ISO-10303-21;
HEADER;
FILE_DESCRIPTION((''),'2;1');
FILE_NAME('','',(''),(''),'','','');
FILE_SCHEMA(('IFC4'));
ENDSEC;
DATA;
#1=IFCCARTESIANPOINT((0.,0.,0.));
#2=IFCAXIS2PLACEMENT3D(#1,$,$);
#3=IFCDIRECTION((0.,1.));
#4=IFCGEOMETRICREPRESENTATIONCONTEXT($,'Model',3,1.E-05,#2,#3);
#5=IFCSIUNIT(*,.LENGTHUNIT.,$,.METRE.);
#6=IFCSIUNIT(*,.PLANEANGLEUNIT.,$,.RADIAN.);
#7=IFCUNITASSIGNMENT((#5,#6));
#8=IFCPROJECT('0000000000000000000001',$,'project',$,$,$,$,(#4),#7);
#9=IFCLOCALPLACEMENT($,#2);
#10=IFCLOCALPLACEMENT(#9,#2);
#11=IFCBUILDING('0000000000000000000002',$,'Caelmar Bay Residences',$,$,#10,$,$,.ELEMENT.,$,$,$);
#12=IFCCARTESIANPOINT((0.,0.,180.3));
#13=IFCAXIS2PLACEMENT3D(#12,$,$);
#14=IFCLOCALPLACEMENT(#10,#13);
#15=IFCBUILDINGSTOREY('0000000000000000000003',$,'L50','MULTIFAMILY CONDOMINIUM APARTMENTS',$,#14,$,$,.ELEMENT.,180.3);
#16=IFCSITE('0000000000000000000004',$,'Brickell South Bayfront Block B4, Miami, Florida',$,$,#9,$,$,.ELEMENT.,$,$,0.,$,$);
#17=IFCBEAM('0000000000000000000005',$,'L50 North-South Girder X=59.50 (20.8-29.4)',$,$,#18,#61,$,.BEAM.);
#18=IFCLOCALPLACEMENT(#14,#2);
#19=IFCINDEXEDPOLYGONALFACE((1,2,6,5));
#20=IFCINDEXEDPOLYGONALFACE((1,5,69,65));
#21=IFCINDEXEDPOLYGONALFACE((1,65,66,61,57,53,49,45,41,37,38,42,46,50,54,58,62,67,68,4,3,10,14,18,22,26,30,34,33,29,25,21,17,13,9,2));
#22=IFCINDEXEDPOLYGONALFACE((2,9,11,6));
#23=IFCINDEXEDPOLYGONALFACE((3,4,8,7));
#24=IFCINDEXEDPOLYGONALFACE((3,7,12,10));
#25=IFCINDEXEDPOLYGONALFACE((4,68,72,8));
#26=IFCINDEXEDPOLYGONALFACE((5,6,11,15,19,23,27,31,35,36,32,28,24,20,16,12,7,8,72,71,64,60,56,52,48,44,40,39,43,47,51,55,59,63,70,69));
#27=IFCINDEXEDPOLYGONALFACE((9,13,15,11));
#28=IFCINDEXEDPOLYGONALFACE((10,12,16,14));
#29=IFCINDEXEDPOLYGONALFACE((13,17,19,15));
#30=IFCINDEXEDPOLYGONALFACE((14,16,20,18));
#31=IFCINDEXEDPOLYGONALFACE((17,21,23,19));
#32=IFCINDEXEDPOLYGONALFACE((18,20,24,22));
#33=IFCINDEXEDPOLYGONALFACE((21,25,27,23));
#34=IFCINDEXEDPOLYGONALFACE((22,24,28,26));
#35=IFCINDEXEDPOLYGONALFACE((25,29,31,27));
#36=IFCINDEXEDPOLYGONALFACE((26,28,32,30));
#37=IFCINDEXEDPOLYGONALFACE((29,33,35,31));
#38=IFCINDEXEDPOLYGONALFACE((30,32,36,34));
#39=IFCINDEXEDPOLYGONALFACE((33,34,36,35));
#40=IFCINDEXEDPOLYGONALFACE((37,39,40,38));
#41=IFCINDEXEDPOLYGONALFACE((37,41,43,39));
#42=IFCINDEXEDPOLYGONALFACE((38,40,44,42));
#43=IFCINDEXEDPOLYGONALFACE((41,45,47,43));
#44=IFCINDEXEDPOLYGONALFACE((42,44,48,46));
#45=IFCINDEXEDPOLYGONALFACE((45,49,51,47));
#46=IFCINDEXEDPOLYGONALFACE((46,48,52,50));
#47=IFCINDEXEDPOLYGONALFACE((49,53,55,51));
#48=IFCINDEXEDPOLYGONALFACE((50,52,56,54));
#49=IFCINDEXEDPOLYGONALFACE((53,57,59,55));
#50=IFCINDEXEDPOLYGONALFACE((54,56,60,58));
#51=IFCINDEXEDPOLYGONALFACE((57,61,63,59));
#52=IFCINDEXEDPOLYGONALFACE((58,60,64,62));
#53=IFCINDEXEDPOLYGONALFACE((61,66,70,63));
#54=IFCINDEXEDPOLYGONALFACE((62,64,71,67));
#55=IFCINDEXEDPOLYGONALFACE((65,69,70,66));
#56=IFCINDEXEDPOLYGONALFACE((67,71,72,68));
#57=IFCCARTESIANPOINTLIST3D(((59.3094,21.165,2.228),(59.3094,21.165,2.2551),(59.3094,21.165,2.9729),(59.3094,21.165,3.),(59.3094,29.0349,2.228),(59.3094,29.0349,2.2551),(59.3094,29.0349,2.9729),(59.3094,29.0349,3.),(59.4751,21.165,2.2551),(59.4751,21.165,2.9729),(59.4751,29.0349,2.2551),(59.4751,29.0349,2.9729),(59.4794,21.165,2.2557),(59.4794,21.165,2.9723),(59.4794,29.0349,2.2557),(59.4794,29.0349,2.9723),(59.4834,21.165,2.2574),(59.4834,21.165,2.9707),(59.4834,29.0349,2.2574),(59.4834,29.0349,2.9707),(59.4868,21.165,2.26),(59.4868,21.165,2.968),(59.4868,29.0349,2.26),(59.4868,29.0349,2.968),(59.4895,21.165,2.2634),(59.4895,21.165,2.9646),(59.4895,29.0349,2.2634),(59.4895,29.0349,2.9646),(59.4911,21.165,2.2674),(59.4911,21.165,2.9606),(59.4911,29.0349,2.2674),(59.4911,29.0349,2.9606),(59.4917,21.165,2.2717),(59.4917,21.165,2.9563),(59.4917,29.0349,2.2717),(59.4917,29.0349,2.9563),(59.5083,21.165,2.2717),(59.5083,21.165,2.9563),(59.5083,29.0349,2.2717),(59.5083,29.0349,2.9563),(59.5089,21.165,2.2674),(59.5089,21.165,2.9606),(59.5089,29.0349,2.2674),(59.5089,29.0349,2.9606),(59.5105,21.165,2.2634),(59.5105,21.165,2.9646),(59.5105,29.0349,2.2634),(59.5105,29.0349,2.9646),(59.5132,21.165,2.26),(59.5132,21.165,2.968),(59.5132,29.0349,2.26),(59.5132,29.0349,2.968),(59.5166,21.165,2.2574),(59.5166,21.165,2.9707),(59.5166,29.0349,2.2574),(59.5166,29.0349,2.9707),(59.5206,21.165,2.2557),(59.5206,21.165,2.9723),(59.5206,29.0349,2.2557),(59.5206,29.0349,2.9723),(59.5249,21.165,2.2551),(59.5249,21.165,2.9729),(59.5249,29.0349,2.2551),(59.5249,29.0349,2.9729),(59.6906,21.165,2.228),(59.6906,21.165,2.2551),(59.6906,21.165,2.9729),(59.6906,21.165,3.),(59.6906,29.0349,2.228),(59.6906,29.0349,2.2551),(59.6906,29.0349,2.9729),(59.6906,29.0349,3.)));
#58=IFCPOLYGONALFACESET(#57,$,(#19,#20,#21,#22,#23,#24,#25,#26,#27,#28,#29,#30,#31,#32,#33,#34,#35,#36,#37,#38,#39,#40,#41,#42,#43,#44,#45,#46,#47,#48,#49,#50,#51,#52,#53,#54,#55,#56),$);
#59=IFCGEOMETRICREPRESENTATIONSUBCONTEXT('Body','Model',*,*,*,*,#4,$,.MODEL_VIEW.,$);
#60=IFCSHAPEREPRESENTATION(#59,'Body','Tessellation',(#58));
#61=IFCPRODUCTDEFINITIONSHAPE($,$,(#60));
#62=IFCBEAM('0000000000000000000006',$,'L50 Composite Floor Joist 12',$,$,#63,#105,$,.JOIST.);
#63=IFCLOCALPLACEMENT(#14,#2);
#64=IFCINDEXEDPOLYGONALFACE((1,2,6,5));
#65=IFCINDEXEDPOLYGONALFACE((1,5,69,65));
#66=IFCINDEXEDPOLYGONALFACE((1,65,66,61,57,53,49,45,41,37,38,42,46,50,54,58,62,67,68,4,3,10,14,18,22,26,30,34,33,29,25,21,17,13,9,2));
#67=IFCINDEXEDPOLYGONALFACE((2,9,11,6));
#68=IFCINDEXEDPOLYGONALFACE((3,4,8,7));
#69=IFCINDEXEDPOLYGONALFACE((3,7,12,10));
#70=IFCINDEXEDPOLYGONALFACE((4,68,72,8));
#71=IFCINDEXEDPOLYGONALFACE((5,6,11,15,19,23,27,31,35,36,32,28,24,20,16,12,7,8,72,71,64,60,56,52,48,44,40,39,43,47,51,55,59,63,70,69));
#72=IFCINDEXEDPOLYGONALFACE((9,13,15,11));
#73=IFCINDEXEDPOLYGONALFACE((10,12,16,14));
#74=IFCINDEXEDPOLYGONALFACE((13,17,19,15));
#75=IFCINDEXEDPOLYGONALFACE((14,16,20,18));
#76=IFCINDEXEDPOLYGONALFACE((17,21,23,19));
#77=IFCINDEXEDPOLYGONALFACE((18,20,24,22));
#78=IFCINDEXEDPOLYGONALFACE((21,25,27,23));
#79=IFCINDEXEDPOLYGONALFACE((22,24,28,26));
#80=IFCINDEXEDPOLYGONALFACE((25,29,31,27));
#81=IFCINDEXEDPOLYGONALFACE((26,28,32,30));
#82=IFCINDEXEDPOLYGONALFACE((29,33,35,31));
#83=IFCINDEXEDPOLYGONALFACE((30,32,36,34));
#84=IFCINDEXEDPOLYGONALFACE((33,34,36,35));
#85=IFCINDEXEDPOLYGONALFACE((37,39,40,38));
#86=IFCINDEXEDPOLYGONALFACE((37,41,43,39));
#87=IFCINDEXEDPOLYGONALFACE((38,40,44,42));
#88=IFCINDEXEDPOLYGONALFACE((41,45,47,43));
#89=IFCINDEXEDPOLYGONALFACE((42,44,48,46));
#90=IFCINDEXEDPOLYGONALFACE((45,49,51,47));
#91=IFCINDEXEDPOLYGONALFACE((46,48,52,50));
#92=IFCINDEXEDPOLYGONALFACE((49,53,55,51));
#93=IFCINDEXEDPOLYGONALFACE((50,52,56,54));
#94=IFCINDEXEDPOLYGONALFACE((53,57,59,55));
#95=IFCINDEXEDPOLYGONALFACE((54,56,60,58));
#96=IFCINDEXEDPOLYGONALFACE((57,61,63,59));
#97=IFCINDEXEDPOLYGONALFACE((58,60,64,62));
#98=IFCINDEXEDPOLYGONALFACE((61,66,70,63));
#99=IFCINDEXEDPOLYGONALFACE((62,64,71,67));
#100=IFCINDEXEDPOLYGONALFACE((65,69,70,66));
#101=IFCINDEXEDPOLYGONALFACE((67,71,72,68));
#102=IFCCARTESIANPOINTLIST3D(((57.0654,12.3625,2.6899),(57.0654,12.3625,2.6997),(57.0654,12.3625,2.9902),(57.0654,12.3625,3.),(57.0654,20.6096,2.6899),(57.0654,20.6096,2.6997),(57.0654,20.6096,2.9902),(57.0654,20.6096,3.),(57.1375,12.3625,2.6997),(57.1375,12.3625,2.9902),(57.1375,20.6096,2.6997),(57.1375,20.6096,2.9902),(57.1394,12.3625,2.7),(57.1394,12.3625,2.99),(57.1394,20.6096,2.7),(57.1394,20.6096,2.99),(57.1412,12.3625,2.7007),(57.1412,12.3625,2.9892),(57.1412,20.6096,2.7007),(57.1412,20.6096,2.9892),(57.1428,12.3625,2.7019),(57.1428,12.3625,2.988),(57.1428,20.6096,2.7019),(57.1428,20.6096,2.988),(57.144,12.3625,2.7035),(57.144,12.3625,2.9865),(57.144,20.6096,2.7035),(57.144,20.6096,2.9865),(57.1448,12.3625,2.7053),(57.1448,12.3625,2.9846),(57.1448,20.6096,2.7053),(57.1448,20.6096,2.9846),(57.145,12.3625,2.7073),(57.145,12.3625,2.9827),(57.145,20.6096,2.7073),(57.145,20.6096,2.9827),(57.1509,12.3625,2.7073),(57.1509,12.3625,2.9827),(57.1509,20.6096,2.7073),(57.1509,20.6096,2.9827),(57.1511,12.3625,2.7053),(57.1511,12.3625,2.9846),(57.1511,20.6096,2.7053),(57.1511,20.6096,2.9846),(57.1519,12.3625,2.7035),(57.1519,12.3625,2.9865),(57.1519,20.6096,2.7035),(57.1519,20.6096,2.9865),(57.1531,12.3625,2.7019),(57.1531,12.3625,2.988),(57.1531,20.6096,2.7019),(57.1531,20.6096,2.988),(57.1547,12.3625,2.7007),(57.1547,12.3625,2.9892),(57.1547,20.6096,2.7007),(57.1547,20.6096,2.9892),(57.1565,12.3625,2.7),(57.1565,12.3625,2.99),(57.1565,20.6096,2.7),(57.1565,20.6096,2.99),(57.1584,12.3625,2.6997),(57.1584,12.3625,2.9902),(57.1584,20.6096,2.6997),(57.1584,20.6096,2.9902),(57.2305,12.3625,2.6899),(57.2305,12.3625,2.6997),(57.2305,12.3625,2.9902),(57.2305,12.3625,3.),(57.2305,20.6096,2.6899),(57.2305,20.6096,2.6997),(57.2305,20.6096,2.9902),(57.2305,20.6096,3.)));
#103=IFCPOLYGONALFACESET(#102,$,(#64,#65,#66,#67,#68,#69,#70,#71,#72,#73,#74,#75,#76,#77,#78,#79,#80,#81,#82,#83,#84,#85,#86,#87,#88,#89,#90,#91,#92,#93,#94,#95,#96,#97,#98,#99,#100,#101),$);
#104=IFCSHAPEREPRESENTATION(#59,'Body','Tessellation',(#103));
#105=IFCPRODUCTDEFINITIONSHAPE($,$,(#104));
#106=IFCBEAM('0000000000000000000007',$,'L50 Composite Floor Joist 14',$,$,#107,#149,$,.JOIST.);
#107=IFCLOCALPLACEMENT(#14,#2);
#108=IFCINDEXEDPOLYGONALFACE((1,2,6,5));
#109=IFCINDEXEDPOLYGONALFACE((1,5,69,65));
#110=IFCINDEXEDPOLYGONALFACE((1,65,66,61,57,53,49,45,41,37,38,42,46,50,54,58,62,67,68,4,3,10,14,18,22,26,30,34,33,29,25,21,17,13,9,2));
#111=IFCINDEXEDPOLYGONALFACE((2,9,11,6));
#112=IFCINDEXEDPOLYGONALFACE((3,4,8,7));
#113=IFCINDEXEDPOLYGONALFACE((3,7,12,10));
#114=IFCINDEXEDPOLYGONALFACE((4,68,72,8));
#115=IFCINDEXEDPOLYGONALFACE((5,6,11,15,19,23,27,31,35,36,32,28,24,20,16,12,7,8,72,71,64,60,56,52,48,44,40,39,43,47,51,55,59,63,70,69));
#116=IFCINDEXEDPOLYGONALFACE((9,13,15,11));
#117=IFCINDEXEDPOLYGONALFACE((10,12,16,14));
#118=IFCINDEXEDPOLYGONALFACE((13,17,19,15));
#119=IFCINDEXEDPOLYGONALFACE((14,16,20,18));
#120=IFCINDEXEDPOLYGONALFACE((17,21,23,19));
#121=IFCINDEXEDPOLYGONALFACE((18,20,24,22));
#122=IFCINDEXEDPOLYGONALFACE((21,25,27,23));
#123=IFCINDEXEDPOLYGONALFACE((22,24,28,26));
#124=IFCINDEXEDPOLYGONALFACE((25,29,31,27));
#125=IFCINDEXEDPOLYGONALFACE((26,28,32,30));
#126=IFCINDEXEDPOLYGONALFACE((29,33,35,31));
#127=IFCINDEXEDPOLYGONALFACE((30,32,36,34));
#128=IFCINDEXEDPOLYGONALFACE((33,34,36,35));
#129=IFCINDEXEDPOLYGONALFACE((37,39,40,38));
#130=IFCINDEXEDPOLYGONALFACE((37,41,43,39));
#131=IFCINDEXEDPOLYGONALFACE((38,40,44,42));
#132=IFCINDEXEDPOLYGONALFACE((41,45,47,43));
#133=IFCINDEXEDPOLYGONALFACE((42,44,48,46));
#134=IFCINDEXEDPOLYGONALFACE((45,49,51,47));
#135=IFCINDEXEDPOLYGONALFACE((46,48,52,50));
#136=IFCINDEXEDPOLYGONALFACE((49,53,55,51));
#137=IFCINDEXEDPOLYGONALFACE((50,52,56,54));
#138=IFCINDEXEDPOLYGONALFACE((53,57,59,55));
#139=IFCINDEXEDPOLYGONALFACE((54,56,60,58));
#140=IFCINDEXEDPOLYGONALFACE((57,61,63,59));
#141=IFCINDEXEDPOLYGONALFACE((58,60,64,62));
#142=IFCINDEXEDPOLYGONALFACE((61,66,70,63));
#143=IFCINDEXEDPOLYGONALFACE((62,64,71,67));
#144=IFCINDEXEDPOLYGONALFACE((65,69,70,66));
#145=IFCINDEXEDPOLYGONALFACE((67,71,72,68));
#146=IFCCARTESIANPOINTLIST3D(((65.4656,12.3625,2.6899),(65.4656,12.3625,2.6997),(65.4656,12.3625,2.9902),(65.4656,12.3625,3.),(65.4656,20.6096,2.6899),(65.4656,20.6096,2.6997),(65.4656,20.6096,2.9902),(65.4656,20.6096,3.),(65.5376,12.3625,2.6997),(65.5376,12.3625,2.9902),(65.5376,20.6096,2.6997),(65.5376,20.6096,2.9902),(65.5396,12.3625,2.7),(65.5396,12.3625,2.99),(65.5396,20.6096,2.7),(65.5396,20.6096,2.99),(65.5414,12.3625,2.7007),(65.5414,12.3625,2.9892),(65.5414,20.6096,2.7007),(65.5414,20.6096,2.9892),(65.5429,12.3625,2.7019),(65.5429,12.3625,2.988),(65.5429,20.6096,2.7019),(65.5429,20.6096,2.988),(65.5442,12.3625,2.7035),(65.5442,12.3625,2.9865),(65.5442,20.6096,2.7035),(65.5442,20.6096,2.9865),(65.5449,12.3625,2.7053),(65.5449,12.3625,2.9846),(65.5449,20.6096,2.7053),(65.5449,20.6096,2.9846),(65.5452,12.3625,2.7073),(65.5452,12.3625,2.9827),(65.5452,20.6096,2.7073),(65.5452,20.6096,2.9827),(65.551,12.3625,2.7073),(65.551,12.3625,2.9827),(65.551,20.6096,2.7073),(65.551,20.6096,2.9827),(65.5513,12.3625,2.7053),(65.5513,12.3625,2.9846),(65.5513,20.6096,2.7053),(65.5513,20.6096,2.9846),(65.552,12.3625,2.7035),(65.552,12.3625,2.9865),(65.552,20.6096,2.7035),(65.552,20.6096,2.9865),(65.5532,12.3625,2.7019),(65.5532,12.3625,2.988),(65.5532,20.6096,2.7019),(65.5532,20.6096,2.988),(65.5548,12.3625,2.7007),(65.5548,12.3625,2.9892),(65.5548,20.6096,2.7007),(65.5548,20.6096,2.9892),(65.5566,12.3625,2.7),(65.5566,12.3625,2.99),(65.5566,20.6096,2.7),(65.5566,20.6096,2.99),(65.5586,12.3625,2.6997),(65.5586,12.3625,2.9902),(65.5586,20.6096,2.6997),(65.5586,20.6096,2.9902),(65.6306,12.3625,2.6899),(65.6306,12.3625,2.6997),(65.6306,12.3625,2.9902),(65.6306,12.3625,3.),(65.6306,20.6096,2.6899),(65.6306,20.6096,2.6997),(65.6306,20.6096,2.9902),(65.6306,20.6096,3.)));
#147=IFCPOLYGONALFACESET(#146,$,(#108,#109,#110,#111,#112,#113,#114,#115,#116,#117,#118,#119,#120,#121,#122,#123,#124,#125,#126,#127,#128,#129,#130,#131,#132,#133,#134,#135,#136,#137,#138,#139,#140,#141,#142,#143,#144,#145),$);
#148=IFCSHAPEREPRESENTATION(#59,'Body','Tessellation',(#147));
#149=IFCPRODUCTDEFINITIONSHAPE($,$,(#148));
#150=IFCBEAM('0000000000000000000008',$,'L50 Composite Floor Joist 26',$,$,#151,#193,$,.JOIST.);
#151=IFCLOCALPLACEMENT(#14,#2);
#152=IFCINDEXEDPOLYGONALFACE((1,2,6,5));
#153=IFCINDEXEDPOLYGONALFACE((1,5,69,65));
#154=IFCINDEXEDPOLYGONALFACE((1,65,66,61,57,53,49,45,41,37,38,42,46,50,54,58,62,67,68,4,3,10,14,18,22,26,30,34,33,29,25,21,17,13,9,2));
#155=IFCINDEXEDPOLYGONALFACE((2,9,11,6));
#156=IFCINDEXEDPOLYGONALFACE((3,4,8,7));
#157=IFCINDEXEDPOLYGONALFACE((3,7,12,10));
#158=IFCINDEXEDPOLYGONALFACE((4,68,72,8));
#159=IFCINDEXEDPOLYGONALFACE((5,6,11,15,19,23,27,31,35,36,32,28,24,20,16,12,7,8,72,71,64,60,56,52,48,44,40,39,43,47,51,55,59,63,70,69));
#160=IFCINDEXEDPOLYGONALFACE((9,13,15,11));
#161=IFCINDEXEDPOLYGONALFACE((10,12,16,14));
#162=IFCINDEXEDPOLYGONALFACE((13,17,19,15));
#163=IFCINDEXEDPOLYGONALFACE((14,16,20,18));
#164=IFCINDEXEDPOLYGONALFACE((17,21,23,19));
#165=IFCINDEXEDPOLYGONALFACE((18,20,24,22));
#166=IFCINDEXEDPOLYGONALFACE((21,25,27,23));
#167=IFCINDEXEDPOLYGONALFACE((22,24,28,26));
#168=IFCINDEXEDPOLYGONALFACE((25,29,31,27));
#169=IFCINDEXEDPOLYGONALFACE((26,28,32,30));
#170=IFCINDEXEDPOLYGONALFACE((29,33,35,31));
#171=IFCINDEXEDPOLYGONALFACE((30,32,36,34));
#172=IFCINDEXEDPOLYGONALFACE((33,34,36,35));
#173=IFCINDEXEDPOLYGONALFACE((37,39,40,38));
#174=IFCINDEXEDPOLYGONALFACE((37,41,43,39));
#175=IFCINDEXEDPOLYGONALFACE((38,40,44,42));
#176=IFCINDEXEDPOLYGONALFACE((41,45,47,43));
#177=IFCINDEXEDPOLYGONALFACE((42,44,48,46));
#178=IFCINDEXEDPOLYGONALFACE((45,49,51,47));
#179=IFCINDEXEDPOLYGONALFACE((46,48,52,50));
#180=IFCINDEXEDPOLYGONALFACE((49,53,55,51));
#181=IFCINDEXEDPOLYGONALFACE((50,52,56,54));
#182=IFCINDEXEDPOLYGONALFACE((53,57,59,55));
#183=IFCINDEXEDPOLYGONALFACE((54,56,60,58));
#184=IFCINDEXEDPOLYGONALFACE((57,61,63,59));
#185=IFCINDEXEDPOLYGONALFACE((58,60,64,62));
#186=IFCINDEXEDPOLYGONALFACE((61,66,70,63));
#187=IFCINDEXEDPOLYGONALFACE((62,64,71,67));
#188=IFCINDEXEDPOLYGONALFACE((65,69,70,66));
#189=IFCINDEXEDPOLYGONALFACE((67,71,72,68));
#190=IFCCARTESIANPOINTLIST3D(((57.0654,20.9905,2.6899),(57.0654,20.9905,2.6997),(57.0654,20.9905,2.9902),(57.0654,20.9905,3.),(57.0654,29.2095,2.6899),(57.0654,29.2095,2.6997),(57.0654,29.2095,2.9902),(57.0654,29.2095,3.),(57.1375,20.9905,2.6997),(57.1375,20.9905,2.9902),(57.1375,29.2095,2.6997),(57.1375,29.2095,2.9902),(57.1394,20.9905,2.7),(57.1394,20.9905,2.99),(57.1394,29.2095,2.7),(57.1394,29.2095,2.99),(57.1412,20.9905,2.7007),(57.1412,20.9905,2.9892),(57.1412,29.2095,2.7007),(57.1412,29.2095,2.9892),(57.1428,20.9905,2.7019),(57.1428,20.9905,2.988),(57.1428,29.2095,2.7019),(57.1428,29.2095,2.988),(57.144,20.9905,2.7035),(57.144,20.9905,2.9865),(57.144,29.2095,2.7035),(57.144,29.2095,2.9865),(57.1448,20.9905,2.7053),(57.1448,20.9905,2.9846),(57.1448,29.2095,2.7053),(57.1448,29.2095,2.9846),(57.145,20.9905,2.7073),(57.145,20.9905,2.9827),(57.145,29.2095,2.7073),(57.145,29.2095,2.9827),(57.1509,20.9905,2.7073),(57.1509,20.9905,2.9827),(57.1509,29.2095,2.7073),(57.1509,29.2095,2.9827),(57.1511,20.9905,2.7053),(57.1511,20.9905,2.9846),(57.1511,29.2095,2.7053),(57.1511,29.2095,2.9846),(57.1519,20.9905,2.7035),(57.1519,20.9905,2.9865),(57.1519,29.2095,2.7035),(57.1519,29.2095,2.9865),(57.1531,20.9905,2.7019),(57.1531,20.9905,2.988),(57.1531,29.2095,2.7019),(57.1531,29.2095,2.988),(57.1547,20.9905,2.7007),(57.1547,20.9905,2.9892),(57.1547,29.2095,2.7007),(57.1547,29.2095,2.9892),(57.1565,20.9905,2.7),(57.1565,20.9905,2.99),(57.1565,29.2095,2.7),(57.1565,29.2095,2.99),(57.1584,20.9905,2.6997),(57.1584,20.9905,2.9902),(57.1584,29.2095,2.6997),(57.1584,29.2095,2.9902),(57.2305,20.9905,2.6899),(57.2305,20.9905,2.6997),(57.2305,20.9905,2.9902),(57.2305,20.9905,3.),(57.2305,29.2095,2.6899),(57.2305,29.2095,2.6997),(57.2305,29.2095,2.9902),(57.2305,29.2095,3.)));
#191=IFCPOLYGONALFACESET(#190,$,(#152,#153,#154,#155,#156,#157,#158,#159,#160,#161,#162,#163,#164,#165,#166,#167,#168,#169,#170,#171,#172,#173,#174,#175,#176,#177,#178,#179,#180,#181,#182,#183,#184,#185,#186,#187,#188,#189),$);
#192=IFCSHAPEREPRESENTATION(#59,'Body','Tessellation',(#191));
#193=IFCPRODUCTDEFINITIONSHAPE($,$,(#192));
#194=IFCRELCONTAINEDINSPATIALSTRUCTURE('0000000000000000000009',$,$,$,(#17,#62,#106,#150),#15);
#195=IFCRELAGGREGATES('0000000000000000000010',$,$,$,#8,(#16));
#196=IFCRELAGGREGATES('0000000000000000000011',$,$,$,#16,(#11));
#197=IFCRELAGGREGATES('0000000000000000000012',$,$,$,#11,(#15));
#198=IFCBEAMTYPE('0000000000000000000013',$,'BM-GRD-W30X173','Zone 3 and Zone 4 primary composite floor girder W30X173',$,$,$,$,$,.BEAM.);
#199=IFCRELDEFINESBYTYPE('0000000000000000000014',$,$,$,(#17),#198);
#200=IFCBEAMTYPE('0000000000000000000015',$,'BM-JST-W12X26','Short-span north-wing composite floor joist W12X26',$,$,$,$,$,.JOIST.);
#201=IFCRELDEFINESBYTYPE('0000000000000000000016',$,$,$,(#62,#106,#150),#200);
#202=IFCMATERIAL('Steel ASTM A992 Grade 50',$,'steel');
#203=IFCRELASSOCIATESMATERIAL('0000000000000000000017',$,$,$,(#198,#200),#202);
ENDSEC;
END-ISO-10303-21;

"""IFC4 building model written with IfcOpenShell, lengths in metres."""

from ifc_helpers import new_model, si_unit, direction, frame, origin, origin_2d, place, context, subcontext, project, spatial, i_section, extrude, material, material_profile, profile_set, type_object, element, save


model = new_model("IFC4")

# Units and contexts
model_context = context("Model", 3, precision=1e-05, world=origin(), true_north=direction((0.0, 1.0)))
body_context = subcontext(model_context, "Body", "Model", "MODEL_VIEW")
ifc_project = project(units=[si_unit("LENGTHUNIT", "METRE"), si_unit("PLANEANGLEUNIT", "RADIAN")], contexts=[model_context])

# Site, building, storey
site_placement = place(None, origin())
site = spatial("IfcSite", under=ifc_project, at=site_placement, Name="Brickell South Bayfront Block B4, Miami, Florida", CompositionType="ELEMENT", RefElevation=0.0)
building_placement = place(site_placement, origin())
building = spatial("IfcBuilding", under=site, at=building_placement, Name="Caelmar Bay Residences", CompositionType="ELEMENT")
storey_placement = place(building_placement, frame((0.0, 0.0, 180.3)))
storey = spatial("IfcBuildingStorey", under=building, at=storey_placement, Name="L50", Description="MULTIFAMILY CONDOMINIUM APARTMENTS", CompositionType="ELEMENT", Elevation=180.3)

# Beams
ifc_material_1 = material(Name="Steel ASTM A992 Grade 50", Category="steel")
ifc_material_profile_1 = material_profile(ifc_material_1, i_section(OverallWidth=0.3811, OverallDepth=0.772, WebThickness=0.0166, FlangeThickness=0.0271, FilletRadius=0.0166, at=origin_2d()), Name="W30X173")
ifc_profile_set_1 = profile_set([ifc_material_profile_1], Name="Steel ASTM A992 Grade 50")
beam_type_1 = type_object("IfcBeamType", Name="BM-GRD-W30X173", Description="Zone 3 and Zone 4 primary composite floor girder W30X173", PredefinedType="BEAM", material=ifc_profile_set_1)
beam_1_placement = place(storey_placement, frame((59.5, 21.165, 2.614), z_axis=(0.0, 1.0, 0.0), x_axis=(-1.0, 0.0, 0.0)))
element("IfcBeam", 1, at=beam_1_placement, inside=storey, type_object=beam_type_1, Name="L50 North-South Girder X=59.50 (20.8-29.4)", PredefinedType="BEAM", context=body_context, shape_type="SweptSolid", body=[
    extrude(i_section(OverallWidth=0.3811, OverallDepth=0.772, WebThickness=0.0166, FlangeThickness=0.0271, FilletRadius=0.0166, at=origin_2d()), origin(), (0.0, 0.0, 1.0), 7.8699),
])
ifc_material_profile_2 = material_profile(ifc_material_1, i_section(OverallWidth=0.165, OverallDepth=0.3101, WebThickness=0.0059, FlangeThickness=0.0098, FilletRadius=0.0076, at=origin_2d()), Name="W12X26")
ifc_profile_set_2 = profile_set([ifc_material_profile_2], Name="Steel ASTM A992 Grade 50")
beam_type_2 = type_object("IfcBeamType", Name="BM-JST-W12X26", Description="Short-span north-wing composite floor joist W12X26", PredefinedType="JOIST", material=ifc_profile_set_2)
for number, where, z_axis, x_axis, name in (
    (2, (57.1479, 12.3625, 2.845), (0.0, 1.0, 0.0), (-1.0, 0.0, 0.0), "L50 Composite Floor Joist 12"),
    (3, (65.5481, 12.3625, 2.845), (0.0, 1.0, 0.0), (-1.0, 0.0, 0.0), "L50 Composite Floor Joist 14"),
):
    element("IfcBeam", number, at=place(storey_placement, frame(where, z_axis=z_axis, x_axis=x_axis)), inside=storey, type_object=beam_type_2, Name=name, PredefinedType="JOIST", context=body_context, shape_type="SweptSolid", body=[
        extrude(i_section(OverallWidth=0.165, OverallDepth=0.3101, WebThickness=0.0059, FlangeThickness=0.0098, FilletRadius=0.0076, at=origin_2d()), origin(), (0.0, 0.0, 1.0), 8.2471),
    ])
for number, where, z_axis, x_axis, name in (
    (4, (57.1479, 20.9905, 2.845), (0.0, 1.0, 0.0), (-1.0, 0.0, 0.0), "L50 Composite Floor Joist 26"),
):
    element("IfcBeam", number, at=place(storey_placement, frame(where, z_axis=z_axis, x_axis=x_axis)), inside=storey, type_object=beam_type_2, Name=name, PredefinedType="JOIST", context=body_context, shape_type="SweptSolid", body=[
        extrude(i_section(OverallWidth=0.165, OverallDepth=0.3101, WebThickness=0.0059, FlangeThickness=0.0098, FilletRadius=0.0076, at=origin_2d()), origin(), (0.0, 0.0, 1.0), 8.219),
    ])

save(model, "model.ifc")
